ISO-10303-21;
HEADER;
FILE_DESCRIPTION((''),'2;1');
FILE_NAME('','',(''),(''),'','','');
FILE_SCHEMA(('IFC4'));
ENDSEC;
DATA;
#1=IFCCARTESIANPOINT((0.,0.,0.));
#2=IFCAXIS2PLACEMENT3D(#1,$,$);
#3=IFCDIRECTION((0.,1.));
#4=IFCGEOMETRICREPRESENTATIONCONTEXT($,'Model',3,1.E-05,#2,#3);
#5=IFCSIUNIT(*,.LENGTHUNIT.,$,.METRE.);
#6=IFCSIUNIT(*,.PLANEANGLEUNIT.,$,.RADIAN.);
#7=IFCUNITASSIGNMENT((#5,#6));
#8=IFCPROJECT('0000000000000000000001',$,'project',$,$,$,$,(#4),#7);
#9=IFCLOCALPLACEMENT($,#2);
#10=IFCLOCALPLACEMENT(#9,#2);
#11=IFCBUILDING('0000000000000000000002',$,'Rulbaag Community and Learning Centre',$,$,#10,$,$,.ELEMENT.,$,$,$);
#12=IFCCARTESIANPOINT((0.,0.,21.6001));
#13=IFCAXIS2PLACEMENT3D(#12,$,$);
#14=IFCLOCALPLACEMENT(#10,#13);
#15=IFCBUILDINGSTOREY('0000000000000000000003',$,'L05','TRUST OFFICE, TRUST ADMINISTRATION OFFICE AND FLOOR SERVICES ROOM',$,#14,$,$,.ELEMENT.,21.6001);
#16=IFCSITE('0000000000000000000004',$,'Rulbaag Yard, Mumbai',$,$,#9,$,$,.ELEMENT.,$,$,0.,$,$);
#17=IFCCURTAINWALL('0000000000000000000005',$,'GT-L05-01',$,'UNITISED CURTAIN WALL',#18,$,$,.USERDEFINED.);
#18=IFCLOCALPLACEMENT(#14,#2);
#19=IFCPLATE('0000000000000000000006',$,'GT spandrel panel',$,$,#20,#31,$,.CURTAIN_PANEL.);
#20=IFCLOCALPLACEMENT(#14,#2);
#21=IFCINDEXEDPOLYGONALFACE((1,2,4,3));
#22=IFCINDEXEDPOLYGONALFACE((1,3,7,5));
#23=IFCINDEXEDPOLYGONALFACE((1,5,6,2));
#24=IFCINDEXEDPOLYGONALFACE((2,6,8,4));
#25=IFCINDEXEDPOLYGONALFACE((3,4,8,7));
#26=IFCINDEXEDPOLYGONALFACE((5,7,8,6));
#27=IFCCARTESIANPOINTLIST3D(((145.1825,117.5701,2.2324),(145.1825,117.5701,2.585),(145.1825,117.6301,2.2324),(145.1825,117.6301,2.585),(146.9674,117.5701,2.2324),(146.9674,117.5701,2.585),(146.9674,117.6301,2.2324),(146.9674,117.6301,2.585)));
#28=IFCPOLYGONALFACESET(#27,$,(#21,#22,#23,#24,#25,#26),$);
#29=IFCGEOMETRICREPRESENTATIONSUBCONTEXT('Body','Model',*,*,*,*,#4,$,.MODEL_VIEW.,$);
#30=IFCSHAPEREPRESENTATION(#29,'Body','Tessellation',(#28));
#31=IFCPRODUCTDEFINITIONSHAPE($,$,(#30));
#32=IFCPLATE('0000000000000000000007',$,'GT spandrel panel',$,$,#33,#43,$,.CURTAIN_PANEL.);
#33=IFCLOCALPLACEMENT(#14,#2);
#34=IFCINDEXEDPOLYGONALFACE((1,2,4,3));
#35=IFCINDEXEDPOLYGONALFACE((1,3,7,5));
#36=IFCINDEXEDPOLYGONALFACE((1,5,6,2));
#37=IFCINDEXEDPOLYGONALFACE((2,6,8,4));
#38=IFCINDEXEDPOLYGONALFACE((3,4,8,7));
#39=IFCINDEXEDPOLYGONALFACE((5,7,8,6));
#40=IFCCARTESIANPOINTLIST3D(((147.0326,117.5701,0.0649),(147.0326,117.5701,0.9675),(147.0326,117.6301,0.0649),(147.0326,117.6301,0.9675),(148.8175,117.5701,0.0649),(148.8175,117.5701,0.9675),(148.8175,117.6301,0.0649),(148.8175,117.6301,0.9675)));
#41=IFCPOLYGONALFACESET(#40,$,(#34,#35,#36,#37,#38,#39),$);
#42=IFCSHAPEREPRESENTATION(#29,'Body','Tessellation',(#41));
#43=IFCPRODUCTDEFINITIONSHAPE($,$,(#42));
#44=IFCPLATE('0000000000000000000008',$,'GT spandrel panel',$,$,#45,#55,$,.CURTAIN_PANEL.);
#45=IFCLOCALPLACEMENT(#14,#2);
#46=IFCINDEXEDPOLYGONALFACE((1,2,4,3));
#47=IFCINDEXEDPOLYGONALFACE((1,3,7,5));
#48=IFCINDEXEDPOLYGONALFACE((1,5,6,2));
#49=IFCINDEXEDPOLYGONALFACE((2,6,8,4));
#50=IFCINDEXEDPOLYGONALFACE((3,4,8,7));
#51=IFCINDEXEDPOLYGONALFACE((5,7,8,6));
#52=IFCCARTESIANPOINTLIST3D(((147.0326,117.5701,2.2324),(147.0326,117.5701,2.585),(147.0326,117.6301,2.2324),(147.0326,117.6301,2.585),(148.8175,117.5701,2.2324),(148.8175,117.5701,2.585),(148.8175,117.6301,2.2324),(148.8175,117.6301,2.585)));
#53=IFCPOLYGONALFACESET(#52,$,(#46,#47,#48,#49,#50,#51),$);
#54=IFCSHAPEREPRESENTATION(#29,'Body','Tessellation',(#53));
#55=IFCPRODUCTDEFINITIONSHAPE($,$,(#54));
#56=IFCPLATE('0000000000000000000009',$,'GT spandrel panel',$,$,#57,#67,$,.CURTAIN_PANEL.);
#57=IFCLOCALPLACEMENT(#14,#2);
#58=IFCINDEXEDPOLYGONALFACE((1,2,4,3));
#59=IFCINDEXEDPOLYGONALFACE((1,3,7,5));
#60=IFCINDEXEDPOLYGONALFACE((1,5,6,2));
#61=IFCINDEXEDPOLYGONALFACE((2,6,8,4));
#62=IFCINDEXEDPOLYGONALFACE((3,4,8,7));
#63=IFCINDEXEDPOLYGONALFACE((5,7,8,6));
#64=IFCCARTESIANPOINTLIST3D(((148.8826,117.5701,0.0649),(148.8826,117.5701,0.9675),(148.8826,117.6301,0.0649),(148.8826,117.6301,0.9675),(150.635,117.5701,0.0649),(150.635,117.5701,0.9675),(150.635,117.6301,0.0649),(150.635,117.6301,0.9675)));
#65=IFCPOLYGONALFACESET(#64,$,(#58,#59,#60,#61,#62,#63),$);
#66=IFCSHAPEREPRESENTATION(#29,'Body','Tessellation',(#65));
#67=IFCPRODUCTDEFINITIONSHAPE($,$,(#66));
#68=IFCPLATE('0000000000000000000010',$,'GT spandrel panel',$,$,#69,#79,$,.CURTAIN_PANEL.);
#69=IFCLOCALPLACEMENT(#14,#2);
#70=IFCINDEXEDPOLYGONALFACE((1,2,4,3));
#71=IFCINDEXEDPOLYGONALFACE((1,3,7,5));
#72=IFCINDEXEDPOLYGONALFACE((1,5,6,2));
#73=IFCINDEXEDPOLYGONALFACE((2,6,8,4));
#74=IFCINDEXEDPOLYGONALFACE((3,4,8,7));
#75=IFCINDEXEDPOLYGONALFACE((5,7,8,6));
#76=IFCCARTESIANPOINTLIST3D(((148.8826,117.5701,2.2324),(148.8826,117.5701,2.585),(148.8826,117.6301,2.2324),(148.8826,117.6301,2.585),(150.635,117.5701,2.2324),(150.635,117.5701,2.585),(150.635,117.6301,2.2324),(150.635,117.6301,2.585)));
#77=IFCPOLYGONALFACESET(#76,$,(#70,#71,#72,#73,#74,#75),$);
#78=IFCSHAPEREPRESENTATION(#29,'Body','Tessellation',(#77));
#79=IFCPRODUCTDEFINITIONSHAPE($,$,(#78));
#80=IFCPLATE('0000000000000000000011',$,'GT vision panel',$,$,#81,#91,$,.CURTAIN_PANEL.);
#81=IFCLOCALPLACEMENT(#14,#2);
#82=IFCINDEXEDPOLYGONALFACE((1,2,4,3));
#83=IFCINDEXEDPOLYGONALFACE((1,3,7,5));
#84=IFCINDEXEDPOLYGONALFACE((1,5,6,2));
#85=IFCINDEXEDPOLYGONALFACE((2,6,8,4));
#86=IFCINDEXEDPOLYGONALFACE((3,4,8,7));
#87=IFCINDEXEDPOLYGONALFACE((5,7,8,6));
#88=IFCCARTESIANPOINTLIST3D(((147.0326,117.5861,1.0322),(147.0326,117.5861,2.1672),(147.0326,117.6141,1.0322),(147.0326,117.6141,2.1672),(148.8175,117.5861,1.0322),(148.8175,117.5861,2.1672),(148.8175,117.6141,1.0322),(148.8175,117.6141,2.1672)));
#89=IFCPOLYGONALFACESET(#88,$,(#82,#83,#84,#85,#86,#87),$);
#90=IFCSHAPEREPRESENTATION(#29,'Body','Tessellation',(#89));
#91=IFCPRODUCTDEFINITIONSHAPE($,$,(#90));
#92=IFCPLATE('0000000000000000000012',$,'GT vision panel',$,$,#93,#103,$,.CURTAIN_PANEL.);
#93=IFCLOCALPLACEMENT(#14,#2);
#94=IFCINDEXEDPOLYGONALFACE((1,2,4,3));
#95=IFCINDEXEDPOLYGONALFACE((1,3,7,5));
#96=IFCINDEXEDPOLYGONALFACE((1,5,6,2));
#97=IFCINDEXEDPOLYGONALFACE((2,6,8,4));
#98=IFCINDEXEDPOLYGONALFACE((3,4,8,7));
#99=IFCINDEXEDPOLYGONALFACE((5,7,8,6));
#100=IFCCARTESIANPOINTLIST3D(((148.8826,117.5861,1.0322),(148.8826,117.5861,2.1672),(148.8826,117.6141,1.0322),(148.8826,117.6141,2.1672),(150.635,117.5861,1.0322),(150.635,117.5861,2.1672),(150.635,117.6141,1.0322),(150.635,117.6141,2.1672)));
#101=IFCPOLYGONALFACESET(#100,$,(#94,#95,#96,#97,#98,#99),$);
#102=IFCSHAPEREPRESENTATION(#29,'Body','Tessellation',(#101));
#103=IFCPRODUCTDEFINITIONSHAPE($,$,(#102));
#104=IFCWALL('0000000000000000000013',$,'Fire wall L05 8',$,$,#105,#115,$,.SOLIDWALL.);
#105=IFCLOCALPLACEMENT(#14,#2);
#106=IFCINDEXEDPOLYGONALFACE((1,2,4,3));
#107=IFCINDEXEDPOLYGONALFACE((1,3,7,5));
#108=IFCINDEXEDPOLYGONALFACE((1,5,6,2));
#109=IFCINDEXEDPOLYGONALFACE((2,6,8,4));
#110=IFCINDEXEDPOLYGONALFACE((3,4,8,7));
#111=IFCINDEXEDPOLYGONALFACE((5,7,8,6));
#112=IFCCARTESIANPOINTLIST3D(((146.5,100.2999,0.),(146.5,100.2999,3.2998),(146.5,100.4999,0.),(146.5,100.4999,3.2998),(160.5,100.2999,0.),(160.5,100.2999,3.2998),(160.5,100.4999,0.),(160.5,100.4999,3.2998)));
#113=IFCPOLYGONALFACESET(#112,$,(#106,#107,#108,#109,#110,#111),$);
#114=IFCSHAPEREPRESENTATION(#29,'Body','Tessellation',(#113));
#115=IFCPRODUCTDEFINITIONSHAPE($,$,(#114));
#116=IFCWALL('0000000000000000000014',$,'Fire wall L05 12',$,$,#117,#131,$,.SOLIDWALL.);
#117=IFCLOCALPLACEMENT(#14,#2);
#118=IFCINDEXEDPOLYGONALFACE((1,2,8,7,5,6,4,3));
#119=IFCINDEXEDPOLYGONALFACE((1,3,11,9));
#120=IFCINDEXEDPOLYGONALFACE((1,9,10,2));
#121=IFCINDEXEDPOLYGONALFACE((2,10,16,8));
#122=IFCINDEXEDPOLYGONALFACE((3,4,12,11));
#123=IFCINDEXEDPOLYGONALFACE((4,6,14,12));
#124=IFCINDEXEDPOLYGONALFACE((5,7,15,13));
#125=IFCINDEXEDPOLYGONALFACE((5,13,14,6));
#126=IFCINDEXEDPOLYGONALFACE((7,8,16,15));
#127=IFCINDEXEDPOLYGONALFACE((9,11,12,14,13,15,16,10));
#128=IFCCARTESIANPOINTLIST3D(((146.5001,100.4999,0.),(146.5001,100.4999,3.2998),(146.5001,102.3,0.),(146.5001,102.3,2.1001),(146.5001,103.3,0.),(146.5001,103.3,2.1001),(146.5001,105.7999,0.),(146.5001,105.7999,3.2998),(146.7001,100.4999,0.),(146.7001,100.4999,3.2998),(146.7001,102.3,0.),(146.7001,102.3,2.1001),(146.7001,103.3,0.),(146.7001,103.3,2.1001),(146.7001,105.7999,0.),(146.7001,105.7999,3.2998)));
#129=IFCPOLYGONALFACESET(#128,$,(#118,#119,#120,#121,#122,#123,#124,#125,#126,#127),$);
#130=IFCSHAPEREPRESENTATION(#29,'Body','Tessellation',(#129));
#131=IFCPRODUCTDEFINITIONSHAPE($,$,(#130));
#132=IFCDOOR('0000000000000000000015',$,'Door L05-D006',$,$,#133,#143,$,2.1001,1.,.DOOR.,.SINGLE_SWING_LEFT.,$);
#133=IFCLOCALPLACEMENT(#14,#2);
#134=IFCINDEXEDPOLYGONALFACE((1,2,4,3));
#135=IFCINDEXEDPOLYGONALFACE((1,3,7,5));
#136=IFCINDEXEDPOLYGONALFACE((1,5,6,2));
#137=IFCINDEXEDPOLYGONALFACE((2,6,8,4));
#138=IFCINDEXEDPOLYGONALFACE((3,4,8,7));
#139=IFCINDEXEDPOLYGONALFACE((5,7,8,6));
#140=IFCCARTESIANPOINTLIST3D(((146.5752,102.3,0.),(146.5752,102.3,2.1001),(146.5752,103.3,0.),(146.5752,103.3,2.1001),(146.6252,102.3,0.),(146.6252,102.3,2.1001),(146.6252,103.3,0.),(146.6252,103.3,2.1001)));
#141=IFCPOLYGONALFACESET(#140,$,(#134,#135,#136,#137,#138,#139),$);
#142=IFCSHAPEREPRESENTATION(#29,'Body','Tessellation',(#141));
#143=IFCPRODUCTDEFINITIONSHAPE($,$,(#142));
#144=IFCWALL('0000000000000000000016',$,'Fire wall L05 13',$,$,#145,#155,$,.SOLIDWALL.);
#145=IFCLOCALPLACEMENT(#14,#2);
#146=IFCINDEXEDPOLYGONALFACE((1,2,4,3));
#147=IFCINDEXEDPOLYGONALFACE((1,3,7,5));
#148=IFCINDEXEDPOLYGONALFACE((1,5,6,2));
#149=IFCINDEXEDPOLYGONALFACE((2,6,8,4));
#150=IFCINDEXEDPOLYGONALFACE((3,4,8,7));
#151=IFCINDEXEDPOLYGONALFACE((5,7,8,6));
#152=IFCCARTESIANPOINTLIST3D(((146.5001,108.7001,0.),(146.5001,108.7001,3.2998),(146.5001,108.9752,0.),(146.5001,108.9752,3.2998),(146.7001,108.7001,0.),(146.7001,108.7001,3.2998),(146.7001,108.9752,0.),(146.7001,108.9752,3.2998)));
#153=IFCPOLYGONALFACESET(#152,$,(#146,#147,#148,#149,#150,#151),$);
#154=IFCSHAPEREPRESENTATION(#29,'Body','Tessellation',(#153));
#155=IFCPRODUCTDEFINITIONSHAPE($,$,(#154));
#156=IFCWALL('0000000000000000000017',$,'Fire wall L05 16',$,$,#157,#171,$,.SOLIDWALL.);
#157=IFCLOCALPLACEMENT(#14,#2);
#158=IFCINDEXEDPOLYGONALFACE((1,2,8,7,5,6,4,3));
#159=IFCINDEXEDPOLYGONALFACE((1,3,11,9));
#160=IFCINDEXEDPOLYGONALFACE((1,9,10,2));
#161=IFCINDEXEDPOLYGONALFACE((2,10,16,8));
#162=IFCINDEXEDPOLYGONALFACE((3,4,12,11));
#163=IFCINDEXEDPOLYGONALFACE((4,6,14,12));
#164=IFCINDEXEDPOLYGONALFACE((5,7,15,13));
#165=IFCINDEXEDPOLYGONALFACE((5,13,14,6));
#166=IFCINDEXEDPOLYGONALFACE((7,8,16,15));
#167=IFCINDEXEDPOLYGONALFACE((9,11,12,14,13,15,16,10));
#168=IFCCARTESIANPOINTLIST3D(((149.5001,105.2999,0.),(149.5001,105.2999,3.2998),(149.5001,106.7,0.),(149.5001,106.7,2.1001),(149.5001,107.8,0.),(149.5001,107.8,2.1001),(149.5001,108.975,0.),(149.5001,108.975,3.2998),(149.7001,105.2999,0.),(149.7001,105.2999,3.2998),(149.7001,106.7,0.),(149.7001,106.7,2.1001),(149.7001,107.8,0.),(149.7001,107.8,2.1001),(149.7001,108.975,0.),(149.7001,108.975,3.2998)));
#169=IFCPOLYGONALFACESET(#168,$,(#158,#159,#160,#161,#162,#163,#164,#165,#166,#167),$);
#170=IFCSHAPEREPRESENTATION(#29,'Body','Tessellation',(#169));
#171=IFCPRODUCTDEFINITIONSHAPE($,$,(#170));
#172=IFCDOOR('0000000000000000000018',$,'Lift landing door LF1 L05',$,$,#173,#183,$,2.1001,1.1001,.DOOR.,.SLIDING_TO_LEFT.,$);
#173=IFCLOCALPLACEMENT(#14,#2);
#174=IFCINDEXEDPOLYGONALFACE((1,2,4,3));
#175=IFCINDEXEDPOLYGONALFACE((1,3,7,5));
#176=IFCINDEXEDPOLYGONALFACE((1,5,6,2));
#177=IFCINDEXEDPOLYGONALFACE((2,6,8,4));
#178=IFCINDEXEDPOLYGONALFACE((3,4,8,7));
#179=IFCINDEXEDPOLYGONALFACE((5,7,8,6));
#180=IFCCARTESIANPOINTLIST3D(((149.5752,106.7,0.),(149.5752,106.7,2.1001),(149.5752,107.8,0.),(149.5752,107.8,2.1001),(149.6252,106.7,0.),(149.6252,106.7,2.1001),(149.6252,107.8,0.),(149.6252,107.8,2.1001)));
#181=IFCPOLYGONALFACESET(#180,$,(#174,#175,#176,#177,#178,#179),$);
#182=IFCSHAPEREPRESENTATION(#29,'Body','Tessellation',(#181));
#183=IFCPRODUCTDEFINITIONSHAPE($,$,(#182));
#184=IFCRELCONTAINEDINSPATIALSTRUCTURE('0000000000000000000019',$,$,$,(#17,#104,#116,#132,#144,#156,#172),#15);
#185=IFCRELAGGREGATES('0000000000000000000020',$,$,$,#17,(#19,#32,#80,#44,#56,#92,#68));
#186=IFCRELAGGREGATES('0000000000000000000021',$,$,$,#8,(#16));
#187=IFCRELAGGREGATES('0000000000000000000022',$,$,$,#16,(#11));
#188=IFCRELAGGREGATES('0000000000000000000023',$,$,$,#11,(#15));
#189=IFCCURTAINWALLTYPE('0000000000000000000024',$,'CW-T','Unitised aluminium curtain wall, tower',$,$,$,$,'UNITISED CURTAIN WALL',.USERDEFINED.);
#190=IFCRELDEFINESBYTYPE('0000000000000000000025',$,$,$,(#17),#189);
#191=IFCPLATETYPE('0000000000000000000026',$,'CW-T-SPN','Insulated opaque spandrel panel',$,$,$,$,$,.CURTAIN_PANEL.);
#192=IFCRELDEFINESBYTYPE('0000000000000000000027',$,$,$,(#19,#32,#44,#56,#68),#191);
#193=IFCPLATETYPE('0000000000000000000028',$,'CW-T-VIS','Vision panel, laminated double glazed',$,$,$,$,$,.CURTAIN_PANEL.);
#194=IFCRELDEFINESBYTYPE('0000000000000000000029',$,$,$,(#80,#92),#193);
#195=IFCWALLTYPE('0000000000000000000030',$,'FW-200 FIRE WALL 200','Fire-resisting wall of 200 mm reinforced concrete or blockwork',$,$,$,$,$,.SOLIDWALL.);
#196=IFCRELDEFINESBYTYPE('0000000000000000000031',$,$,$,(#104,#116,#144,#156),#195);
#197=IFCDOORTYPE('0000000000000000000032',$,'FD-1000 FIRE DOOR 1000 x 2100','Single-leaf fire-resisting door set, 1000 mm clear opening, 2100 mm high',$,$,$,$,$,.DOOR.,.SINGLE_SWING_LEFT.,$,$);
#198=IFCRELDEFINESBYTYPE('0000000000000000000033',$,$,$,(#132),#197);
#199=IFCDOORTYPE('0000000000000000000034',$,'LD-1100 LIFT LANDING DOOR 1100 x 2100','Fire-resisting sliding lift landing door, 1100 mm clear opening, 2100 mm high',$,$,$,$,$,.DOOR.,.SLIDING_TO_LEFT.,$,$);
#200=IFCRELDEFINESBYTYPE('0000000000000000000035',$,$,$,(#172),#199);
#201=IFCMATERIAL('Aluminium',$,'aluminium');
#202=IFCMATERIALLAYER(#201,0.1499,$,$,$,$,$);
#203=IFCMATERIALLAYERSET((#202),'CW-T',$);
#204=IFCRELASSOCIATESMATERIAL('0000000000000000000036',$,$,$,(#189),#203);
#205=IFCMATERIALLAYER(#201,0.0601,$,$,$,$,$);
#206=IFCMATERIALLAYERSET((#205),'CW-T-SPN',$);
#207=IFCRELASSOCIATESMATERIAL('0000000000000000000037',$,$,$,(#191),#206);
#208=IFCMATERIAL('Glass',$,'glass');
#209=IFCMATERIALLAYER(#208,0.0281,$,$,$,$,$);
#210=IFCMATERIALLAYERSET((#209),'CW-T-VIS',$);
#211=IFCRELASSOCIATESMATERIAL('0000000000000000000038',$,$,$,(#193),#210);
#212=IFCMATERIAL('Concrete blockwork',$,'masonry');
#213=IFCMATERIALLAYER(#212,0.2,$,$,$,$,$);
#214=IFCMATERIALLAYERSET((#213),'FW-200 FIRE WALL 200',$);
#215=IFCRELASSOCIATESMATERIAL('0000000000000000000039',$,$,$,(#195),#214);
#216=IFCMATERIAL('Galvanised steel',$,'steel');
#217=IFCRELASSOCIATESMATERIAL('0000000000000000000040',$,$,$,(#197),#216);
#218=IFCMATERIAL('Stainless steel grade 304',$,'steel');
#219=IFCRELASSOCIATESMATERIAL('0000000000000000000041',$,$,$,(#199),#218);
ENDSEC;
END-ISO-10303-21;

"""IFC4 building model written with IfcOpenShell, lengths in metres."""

from ifc_helpers import new_model, si_unit, direction, frame, frame_2d, origin, origin_2d, place, context, subcontext, project, spatial, rectangle, extrude, material, layer, layer_set, type_object, element, fill, aggregate, save


model = new_model("IFC4")

# Units and contexts
model_context = context("Model", 3, precision=1e-05, world=origin(), true_north=direction((0.0, 1.0)))
body_context = subcontext(model_context, "Body", "Model", "MODEL_VIEW")
ifc_project = project(units=[si_unit("LENGTHUNIT", "METRE"), si_unit("PLANEANGLEUNIT", "RADIAN")], contexts=[model_context])

# Site, building, storey
site_placement = place(None, origin())
site = spatial("IfcSite", under=ifc_project, at=site_placement, Name="Rulbaag Yard, Mumbai", CompositionType="ELEMENT", RefElevation=0.0)
building_placement = place(site_placement, origin())
building = spatial("IfcBuilding", under=site, at=building_placement, Name="Rulbaag Community and Learning Centre", CompositionType="ELEMENT")
storey_placement = place(building_placement, frame((0.0, 0.0, 21.6001)))
storey = spatial("IfcBuildingStorey", under=building, at=storey_placement, Name="L05", Description="TRUST OFFICE, TRUST ADMINISTRATION OFFICE AND FLOOR SERVICES ROOM", CompositionType="ELEMENT", Elevation=21.6001)

# Curtain wall, plates
ifc_material_1 = material(Name="Aluminium", Category="aluminium")
ifc_layer_1 = layer(ifc_material_1, 0.1499)
ifc_layer_set_1 = layer_set([ifc_layer_1], Name="CW-T")
curtain_wall_type = type_object("IfcCurtainWallType", Name="CW-T", Description="Unitised aluminium curtain wall, tower", ElementType="UNITISED CURTAIN WALL", PredefinedType="USERDEFINED", material=ifc_layer_set_1)
curtain_wall_placement = place(storey_placement, origin())
curtain_wall = element("IfcCurtainWall", 1, at=curtain_wall_placement, inside=storey, type_object=curtain_wall_type, Name="GT-L05-01", ObjectType="UNITISED CURTAIN WALL", PredefinedType="USERDEFINED")
ifc_layer_2 = layer(ifc_material_1, 0.0601)
ifc_layer_set_2 = layer_set([ifc_layer_2], Name="CW-T-SPN")
plate_type_1 = type_object("IfcPlateType", Name="CW-T-SPN", Description="Insulated opaque spandrel panel", PredefinedType="CURTAIN_PANEL", material=ifc_layer_set_2)
plate_1_placement = place(storey_placement, frame((146.075, 117.6001, 2.2324), z_axis=(0.0, 0.0, 1.0), x_axis=(1.0, 0.0, 0.0)))
plate_1 = element("IfcPlate", 2, at=plate_1_placement, type_object=plate_type_1, Name="GT spandrel panel", PredefinedType="CURTAIN_PANEL", context=body_context, shape_type="SweptSolid", body=[
    extrude(rectangle(XDim=1.7849, YDim=0.0601, at=origin_2d()), origin(), (0.0, 0.0, 1.0), 0.3525),
])
plate_2_placement = place(storey_placement, frame((147.925, 117.6001, 0.0649), z_axis=(0.0, 0.0, 1.0), x_axis=(1.0, 0.0, 0.0)))
plate_2 = element("IfcPlate", 3, at=plate_2_placement, type_object=plate_type_1, Name="GT spandrel panel", PredefinedType="CURTAIN_PANEL", context=body_context, shape_type="SweptSolid", body=[
    extrude(rectangle(XDim=1.7849, YDim=0.0601, at=origin_2d()), origin(), (0.0, 0.0, 1.0), 0.9026),
])
plate_3_placement = place(storey_placement, frame((147.925, 117.6001, 2.2324), z_axis=(0.0, 0.0, 1.0), x_axis=(1.0, 0.0, 0.0)))
plate_3 = element("IfcPlate", 4, at=plate_3_placement, type_object=plate_type_1, Name="GT spandrel panel", PredefinedType="CURTAIN_PANEL", context=body_context, shape_type="SweptSolid", body=[
    extrude(rectangle(XDim=1.7849, YDim=0.0601, at=origin_2d()), origin(), (0.0, 0.0, 1.0), 0.3525),
])
plate_4_placement = place(storey_placement, frame((149.7588, 117.6001, 0.0649), z_axis=(0.0, 0.0, 1.0), x_axis=(1.0, 0.0, 0.0)))
plate_4 = element("IfcPlate", 5, at=plate_4_placement, type_object=plate_type_1, Name="GT spandrel panel", PredefinedType="CURTAIN_PANEL", context=body_context, shape_type="SweptSolid", body=[
    extrude(rectangle(XDim=1.7524, YDim=0.0601, at=origin_2d()), origin(), (0.0, 0.0, 1.0), 0.9026),
])
plate_5_placement = place(storey_placement, frame((149.7588, 117.6001, 2.2324), z_axis=(0.0, 0.0, 1.0), x_axis=(1.0, 0.0, 0.0)))
plate_5 = element("IfcPlate", 6, at=plate_5_placement, type_object=plate_type_1, Name="GT spandrel panel", PredefinedType="CURTAIN_PANEL", context=body_context, shape_type="SweptSolid", body=[
    extrude(rectangle(XDim=1.7524, YDim=0.0601, at=origin_2d()), origin(), (0.0, 0.0, 1.0), 0.3525),
])
ifc_material_2 = material(Name="Glass", Category="glass")
ifc_layer_3 = layer(ifc_material_2, 0.0281)
ifc_layer_set_3 = layer_set([ifc_layer_3], Name="CW-T-VIS")
plate_type_2 = type_object("IfcPlateType", Name="CW-T-VIS", Description="Vision panel, laminated double glazed", PredefinedType="CURTAIN_PANEL", material=ifc_layer_set_3)
plate_6_placement = place(storey_placement, frame((147.925, 117.6001, 1.0322), z_axis=(0.0, 0.0, 1.0), x_axis=(1.0, 0.0, 0.0)))
plate_6 = element("IfcPlate", 7, at=plate_6_placement, type_object=plate_type_2, Name="GT vision panel", PredefinedType="CURTAIN_PANEL", context=body_context, shape_type="SweptSolid", body=[
    extrude(rectangle(XDim=1.7849, YDim=0.0281, at=origin_2d()), origin(), (0.0, 0.0, 1.0), 1.135),
])
plate_7_placement = place(storey_placement, frame((149.7588, 117.6001, 1.0322), z_axis=(0.0, 0.0, 1.0), x_axis=(1.0, 0.0, 0.0)))
plate_7 = element("IfcPlate", 8, at=plate_7_placement, type_object=plate_type_2, Name="GT vision panel", PredefinedType="CURTAIN_PANEL", context=body_context, shape_type="SweptSolid", body=[
    extrude(rectangle(XDim=1.7524, YDim=0.0281, at=origin_2d()), origin(), (0.0, 0.0, 1.0), 1.135),
])
aggregate(curtain_wall, [plate_1, plate_2, plate_6, plate_3, plate_4, plate_7, plate_5])

# Wall
ifc_material_3 = material(Name="Concrete blockwork", Category="masonry")
ifc_layer_4 = layer(ifc_material_3, 0.2)
ifc_layer_set_4 = layer_set([ifc_layer_4], Name="FW-200 FIRE WALL 200")
wall_type_1 = type_object("IfcWallType", Name="FW-200 FIRE WALL 200", Description="Fire-resisting wall of 200 mm reinforced concrete or blockwork", PredefinedType="SOLIDWALL", material=ifc_layer_set_4)
wall_1_placement = place(storey_placement, frame((146.5, 100.3999, 0.0), z_axis=(0.0, 0.0, 1.0), x_axis=(1.0, 0.0, 0.0)))
element("IfcWall", 9, at=wall_1_placement, inside=storey, type_object=wall_type_1, Name="Fire wall L05 8", PredefinedType="SOLIDWALL", context=body_context, shape_type="SweptSolid", body=[
    extrude(rectangle(XDim=14.0, YDim=0.2, at=frame_2d((7.0, 0.0))), origin(), (0.0, 0.0, 1.0), 3.2998),
])

# Wall, opening, door
wall_2_placement = place(storey_placement, frame((146.6001, 100.5, 0.0), z_axis=(0.0, 0.0, 1.0), x_axis=(0.0, 1.0, 0.0)))
wall_2 = element("IfcWall", 10, at=wall_2_placement, inside=storey, type_object=wall_type_1, Name="Fire wall L05 12", PredefinedType="SOLIDWALL", context=body_context, shape_type="SweptSolid", body=[
    extrude(rectangle(XDim=5.3, YDim=0.2, at=frame_2d((2.6499, 0.0))), origin(), (0.0, 0.0, 1.0), 3.2998),
])
opening_1_placement = place(wall_2_placement, frame((1.8, 0.0, 0.0)))
opening_1 = element("IfcOpeningElement", 11, at=opening_1_placement, cuts=wall_2, PredefinedType="OPENING", context=body_context, shape_type="SweptSolid", body=[
    extrude(rectangle(XDim=1.0, YDim=2.1001, at=frame_2d((0.5, 1.05))), frame((0.0, 0.1099, 0.0), z_axis=(0.0, -1.0, 0.0), x_axis=(1.0, 0.0, 0.0)), (0.0, 0.0, 1.0), 0.22),
])
ifc_material_4 = material(Name="Galvanised steel", Category="steel")
door_type_1 = type_object("IfcDoorType", Name="FD-1000 FIRE DOOR 1000 x 2100", Description="Single-leaf fire-resisting door set, 1000 mm clear opening, 2100 mm high", OperationType="SINGLE_SWING_LEFT", PredefinedType="DOOR", material=ifc_material_4)
door_1_placement = place(opening_1_placement, origin())
door_1 = element("IfcDoor", 12, at=door_1_placement, inside=storey, type_object=door_type_1, Name="Door L05-D006", OperationType="SINGLE_SWING_LEFT", OverallHeight=2.1001, OverallWidth=1.0, PredefinedType="DOOR", context=body_context, shape_type="SweptSolid", body=[
    extrude(rectangle(XDim=1.0, YDim=2.1001, at=frame_2d((0.5, 1.05))), frame((0.0, 0.0249, 0.0), z_axis=(0.0, -1.0, 0.0), x_axis=(1.0, 0.0, 0.0)), (0.0, 0.0, 1.0), 0.05),
])
fill(opening_1, door_1)

# Wall
wall_3_placement = place(storey_placement, frame((146.6001, 108.7, 0.0), z_axis=(0.0, 0.0, 1.0), x_axis=(0.0, 1.0, 0.0)))
element("IfcWall", 13, at=wall_3_placement, inside=storey, type_object=wall_type_1, Name="Fire wall L05 13", PredefinedType="SOLIDWALL", context=body_context, shape_type="SweptSolid", body=[
    extrude(rectangle(XDim=0.2751, YDim=0.2, at=frame_2d((0.1377, 0.0))), origin(), (0.0, 0.0, 1.0), 3.2998),
])

# Wall, opening, door
wall_4_placement = place(storey_placement, frame((149.6001, 105.3, 0.0), z_axis=(0.0, 0.0, 1.0), x_axis=(0.0, 1.0, 0.0)))
wall_4 = element("IfcWall", 14, at=wall_4_placement, inside=storey, type_object=wall_type_1, Name="Fire wall L05 16", PredefinedType="SOLIDWALL", context=body_context, shape_type="SweptSolid", body=[
    extrude(rectangle(XDim=3.675, YDim=0.2, at=frame_2d((1.8374, 0.0))), origin(), (0.0, 0.0, 1.0), 3.2998),
])
opening_2_placement = place(wall_4_placement, frame((1.3999, 0.0, 0.0)))
opening_2 = element("IfcOpeningElement", 15, at=opening_2_placement, cuts=wall_4, PredefinedType="OPENING", context=body_context, shape_type="SweptSolid", body=[
    extrude(rectangle(XDim=1.1001, YDim=2.1001, at=frame_2d((0.55, 1.05))), frame((0.0, 0.1099, 0.0), z_axis=(0.0, -1.0, 0.0), x_axis=(1.0, 0.0, 0.0)), (0.0, 0.0, 1.0), 0.22),
])
ifc_material_5 = material(Name="Stainless steel grade 304", Category="steel")
door_type_2 = type_object("IfcDoorType", Name="LD-1100 LIFT LANDING DOOR 1100 x 2100", Description="Fire-resisting sliding lift landing door, 1100 mm clear opening, 2100 mm high", OperationType="SLIDING_TO_LEFT", PredefinedType="DOOR", material=ifc_material_5)
door_2_placement = place(opening_2_placement, origin())
door_2 = element("IfcDoor", 16, at=door_2_placement, inside=storey, type_object=door_type_2, Name="Lift landing door LF1 L05", OperationType="SLIDING_TO_LEFT", OverallHeight=2.1001, OverallWidth=1.1001, PredefinedType="DOOR", context=body_context, shape_type="SweptSolid", body=[
    extrude(rectangle(XDim=1.1001, YDim=2.1001, at=frame_2d((0.55, 1.05))), frame((0.0, 0.0249, 0.0), z_axis=(0.0, -1.0, 0.0), x_axis=(1.0, 0.0, 0.0)), (0.0, 0.0, 1.0), 0.05),
])
fill(opening_2, door_2)

save(model, "model.ifc")
